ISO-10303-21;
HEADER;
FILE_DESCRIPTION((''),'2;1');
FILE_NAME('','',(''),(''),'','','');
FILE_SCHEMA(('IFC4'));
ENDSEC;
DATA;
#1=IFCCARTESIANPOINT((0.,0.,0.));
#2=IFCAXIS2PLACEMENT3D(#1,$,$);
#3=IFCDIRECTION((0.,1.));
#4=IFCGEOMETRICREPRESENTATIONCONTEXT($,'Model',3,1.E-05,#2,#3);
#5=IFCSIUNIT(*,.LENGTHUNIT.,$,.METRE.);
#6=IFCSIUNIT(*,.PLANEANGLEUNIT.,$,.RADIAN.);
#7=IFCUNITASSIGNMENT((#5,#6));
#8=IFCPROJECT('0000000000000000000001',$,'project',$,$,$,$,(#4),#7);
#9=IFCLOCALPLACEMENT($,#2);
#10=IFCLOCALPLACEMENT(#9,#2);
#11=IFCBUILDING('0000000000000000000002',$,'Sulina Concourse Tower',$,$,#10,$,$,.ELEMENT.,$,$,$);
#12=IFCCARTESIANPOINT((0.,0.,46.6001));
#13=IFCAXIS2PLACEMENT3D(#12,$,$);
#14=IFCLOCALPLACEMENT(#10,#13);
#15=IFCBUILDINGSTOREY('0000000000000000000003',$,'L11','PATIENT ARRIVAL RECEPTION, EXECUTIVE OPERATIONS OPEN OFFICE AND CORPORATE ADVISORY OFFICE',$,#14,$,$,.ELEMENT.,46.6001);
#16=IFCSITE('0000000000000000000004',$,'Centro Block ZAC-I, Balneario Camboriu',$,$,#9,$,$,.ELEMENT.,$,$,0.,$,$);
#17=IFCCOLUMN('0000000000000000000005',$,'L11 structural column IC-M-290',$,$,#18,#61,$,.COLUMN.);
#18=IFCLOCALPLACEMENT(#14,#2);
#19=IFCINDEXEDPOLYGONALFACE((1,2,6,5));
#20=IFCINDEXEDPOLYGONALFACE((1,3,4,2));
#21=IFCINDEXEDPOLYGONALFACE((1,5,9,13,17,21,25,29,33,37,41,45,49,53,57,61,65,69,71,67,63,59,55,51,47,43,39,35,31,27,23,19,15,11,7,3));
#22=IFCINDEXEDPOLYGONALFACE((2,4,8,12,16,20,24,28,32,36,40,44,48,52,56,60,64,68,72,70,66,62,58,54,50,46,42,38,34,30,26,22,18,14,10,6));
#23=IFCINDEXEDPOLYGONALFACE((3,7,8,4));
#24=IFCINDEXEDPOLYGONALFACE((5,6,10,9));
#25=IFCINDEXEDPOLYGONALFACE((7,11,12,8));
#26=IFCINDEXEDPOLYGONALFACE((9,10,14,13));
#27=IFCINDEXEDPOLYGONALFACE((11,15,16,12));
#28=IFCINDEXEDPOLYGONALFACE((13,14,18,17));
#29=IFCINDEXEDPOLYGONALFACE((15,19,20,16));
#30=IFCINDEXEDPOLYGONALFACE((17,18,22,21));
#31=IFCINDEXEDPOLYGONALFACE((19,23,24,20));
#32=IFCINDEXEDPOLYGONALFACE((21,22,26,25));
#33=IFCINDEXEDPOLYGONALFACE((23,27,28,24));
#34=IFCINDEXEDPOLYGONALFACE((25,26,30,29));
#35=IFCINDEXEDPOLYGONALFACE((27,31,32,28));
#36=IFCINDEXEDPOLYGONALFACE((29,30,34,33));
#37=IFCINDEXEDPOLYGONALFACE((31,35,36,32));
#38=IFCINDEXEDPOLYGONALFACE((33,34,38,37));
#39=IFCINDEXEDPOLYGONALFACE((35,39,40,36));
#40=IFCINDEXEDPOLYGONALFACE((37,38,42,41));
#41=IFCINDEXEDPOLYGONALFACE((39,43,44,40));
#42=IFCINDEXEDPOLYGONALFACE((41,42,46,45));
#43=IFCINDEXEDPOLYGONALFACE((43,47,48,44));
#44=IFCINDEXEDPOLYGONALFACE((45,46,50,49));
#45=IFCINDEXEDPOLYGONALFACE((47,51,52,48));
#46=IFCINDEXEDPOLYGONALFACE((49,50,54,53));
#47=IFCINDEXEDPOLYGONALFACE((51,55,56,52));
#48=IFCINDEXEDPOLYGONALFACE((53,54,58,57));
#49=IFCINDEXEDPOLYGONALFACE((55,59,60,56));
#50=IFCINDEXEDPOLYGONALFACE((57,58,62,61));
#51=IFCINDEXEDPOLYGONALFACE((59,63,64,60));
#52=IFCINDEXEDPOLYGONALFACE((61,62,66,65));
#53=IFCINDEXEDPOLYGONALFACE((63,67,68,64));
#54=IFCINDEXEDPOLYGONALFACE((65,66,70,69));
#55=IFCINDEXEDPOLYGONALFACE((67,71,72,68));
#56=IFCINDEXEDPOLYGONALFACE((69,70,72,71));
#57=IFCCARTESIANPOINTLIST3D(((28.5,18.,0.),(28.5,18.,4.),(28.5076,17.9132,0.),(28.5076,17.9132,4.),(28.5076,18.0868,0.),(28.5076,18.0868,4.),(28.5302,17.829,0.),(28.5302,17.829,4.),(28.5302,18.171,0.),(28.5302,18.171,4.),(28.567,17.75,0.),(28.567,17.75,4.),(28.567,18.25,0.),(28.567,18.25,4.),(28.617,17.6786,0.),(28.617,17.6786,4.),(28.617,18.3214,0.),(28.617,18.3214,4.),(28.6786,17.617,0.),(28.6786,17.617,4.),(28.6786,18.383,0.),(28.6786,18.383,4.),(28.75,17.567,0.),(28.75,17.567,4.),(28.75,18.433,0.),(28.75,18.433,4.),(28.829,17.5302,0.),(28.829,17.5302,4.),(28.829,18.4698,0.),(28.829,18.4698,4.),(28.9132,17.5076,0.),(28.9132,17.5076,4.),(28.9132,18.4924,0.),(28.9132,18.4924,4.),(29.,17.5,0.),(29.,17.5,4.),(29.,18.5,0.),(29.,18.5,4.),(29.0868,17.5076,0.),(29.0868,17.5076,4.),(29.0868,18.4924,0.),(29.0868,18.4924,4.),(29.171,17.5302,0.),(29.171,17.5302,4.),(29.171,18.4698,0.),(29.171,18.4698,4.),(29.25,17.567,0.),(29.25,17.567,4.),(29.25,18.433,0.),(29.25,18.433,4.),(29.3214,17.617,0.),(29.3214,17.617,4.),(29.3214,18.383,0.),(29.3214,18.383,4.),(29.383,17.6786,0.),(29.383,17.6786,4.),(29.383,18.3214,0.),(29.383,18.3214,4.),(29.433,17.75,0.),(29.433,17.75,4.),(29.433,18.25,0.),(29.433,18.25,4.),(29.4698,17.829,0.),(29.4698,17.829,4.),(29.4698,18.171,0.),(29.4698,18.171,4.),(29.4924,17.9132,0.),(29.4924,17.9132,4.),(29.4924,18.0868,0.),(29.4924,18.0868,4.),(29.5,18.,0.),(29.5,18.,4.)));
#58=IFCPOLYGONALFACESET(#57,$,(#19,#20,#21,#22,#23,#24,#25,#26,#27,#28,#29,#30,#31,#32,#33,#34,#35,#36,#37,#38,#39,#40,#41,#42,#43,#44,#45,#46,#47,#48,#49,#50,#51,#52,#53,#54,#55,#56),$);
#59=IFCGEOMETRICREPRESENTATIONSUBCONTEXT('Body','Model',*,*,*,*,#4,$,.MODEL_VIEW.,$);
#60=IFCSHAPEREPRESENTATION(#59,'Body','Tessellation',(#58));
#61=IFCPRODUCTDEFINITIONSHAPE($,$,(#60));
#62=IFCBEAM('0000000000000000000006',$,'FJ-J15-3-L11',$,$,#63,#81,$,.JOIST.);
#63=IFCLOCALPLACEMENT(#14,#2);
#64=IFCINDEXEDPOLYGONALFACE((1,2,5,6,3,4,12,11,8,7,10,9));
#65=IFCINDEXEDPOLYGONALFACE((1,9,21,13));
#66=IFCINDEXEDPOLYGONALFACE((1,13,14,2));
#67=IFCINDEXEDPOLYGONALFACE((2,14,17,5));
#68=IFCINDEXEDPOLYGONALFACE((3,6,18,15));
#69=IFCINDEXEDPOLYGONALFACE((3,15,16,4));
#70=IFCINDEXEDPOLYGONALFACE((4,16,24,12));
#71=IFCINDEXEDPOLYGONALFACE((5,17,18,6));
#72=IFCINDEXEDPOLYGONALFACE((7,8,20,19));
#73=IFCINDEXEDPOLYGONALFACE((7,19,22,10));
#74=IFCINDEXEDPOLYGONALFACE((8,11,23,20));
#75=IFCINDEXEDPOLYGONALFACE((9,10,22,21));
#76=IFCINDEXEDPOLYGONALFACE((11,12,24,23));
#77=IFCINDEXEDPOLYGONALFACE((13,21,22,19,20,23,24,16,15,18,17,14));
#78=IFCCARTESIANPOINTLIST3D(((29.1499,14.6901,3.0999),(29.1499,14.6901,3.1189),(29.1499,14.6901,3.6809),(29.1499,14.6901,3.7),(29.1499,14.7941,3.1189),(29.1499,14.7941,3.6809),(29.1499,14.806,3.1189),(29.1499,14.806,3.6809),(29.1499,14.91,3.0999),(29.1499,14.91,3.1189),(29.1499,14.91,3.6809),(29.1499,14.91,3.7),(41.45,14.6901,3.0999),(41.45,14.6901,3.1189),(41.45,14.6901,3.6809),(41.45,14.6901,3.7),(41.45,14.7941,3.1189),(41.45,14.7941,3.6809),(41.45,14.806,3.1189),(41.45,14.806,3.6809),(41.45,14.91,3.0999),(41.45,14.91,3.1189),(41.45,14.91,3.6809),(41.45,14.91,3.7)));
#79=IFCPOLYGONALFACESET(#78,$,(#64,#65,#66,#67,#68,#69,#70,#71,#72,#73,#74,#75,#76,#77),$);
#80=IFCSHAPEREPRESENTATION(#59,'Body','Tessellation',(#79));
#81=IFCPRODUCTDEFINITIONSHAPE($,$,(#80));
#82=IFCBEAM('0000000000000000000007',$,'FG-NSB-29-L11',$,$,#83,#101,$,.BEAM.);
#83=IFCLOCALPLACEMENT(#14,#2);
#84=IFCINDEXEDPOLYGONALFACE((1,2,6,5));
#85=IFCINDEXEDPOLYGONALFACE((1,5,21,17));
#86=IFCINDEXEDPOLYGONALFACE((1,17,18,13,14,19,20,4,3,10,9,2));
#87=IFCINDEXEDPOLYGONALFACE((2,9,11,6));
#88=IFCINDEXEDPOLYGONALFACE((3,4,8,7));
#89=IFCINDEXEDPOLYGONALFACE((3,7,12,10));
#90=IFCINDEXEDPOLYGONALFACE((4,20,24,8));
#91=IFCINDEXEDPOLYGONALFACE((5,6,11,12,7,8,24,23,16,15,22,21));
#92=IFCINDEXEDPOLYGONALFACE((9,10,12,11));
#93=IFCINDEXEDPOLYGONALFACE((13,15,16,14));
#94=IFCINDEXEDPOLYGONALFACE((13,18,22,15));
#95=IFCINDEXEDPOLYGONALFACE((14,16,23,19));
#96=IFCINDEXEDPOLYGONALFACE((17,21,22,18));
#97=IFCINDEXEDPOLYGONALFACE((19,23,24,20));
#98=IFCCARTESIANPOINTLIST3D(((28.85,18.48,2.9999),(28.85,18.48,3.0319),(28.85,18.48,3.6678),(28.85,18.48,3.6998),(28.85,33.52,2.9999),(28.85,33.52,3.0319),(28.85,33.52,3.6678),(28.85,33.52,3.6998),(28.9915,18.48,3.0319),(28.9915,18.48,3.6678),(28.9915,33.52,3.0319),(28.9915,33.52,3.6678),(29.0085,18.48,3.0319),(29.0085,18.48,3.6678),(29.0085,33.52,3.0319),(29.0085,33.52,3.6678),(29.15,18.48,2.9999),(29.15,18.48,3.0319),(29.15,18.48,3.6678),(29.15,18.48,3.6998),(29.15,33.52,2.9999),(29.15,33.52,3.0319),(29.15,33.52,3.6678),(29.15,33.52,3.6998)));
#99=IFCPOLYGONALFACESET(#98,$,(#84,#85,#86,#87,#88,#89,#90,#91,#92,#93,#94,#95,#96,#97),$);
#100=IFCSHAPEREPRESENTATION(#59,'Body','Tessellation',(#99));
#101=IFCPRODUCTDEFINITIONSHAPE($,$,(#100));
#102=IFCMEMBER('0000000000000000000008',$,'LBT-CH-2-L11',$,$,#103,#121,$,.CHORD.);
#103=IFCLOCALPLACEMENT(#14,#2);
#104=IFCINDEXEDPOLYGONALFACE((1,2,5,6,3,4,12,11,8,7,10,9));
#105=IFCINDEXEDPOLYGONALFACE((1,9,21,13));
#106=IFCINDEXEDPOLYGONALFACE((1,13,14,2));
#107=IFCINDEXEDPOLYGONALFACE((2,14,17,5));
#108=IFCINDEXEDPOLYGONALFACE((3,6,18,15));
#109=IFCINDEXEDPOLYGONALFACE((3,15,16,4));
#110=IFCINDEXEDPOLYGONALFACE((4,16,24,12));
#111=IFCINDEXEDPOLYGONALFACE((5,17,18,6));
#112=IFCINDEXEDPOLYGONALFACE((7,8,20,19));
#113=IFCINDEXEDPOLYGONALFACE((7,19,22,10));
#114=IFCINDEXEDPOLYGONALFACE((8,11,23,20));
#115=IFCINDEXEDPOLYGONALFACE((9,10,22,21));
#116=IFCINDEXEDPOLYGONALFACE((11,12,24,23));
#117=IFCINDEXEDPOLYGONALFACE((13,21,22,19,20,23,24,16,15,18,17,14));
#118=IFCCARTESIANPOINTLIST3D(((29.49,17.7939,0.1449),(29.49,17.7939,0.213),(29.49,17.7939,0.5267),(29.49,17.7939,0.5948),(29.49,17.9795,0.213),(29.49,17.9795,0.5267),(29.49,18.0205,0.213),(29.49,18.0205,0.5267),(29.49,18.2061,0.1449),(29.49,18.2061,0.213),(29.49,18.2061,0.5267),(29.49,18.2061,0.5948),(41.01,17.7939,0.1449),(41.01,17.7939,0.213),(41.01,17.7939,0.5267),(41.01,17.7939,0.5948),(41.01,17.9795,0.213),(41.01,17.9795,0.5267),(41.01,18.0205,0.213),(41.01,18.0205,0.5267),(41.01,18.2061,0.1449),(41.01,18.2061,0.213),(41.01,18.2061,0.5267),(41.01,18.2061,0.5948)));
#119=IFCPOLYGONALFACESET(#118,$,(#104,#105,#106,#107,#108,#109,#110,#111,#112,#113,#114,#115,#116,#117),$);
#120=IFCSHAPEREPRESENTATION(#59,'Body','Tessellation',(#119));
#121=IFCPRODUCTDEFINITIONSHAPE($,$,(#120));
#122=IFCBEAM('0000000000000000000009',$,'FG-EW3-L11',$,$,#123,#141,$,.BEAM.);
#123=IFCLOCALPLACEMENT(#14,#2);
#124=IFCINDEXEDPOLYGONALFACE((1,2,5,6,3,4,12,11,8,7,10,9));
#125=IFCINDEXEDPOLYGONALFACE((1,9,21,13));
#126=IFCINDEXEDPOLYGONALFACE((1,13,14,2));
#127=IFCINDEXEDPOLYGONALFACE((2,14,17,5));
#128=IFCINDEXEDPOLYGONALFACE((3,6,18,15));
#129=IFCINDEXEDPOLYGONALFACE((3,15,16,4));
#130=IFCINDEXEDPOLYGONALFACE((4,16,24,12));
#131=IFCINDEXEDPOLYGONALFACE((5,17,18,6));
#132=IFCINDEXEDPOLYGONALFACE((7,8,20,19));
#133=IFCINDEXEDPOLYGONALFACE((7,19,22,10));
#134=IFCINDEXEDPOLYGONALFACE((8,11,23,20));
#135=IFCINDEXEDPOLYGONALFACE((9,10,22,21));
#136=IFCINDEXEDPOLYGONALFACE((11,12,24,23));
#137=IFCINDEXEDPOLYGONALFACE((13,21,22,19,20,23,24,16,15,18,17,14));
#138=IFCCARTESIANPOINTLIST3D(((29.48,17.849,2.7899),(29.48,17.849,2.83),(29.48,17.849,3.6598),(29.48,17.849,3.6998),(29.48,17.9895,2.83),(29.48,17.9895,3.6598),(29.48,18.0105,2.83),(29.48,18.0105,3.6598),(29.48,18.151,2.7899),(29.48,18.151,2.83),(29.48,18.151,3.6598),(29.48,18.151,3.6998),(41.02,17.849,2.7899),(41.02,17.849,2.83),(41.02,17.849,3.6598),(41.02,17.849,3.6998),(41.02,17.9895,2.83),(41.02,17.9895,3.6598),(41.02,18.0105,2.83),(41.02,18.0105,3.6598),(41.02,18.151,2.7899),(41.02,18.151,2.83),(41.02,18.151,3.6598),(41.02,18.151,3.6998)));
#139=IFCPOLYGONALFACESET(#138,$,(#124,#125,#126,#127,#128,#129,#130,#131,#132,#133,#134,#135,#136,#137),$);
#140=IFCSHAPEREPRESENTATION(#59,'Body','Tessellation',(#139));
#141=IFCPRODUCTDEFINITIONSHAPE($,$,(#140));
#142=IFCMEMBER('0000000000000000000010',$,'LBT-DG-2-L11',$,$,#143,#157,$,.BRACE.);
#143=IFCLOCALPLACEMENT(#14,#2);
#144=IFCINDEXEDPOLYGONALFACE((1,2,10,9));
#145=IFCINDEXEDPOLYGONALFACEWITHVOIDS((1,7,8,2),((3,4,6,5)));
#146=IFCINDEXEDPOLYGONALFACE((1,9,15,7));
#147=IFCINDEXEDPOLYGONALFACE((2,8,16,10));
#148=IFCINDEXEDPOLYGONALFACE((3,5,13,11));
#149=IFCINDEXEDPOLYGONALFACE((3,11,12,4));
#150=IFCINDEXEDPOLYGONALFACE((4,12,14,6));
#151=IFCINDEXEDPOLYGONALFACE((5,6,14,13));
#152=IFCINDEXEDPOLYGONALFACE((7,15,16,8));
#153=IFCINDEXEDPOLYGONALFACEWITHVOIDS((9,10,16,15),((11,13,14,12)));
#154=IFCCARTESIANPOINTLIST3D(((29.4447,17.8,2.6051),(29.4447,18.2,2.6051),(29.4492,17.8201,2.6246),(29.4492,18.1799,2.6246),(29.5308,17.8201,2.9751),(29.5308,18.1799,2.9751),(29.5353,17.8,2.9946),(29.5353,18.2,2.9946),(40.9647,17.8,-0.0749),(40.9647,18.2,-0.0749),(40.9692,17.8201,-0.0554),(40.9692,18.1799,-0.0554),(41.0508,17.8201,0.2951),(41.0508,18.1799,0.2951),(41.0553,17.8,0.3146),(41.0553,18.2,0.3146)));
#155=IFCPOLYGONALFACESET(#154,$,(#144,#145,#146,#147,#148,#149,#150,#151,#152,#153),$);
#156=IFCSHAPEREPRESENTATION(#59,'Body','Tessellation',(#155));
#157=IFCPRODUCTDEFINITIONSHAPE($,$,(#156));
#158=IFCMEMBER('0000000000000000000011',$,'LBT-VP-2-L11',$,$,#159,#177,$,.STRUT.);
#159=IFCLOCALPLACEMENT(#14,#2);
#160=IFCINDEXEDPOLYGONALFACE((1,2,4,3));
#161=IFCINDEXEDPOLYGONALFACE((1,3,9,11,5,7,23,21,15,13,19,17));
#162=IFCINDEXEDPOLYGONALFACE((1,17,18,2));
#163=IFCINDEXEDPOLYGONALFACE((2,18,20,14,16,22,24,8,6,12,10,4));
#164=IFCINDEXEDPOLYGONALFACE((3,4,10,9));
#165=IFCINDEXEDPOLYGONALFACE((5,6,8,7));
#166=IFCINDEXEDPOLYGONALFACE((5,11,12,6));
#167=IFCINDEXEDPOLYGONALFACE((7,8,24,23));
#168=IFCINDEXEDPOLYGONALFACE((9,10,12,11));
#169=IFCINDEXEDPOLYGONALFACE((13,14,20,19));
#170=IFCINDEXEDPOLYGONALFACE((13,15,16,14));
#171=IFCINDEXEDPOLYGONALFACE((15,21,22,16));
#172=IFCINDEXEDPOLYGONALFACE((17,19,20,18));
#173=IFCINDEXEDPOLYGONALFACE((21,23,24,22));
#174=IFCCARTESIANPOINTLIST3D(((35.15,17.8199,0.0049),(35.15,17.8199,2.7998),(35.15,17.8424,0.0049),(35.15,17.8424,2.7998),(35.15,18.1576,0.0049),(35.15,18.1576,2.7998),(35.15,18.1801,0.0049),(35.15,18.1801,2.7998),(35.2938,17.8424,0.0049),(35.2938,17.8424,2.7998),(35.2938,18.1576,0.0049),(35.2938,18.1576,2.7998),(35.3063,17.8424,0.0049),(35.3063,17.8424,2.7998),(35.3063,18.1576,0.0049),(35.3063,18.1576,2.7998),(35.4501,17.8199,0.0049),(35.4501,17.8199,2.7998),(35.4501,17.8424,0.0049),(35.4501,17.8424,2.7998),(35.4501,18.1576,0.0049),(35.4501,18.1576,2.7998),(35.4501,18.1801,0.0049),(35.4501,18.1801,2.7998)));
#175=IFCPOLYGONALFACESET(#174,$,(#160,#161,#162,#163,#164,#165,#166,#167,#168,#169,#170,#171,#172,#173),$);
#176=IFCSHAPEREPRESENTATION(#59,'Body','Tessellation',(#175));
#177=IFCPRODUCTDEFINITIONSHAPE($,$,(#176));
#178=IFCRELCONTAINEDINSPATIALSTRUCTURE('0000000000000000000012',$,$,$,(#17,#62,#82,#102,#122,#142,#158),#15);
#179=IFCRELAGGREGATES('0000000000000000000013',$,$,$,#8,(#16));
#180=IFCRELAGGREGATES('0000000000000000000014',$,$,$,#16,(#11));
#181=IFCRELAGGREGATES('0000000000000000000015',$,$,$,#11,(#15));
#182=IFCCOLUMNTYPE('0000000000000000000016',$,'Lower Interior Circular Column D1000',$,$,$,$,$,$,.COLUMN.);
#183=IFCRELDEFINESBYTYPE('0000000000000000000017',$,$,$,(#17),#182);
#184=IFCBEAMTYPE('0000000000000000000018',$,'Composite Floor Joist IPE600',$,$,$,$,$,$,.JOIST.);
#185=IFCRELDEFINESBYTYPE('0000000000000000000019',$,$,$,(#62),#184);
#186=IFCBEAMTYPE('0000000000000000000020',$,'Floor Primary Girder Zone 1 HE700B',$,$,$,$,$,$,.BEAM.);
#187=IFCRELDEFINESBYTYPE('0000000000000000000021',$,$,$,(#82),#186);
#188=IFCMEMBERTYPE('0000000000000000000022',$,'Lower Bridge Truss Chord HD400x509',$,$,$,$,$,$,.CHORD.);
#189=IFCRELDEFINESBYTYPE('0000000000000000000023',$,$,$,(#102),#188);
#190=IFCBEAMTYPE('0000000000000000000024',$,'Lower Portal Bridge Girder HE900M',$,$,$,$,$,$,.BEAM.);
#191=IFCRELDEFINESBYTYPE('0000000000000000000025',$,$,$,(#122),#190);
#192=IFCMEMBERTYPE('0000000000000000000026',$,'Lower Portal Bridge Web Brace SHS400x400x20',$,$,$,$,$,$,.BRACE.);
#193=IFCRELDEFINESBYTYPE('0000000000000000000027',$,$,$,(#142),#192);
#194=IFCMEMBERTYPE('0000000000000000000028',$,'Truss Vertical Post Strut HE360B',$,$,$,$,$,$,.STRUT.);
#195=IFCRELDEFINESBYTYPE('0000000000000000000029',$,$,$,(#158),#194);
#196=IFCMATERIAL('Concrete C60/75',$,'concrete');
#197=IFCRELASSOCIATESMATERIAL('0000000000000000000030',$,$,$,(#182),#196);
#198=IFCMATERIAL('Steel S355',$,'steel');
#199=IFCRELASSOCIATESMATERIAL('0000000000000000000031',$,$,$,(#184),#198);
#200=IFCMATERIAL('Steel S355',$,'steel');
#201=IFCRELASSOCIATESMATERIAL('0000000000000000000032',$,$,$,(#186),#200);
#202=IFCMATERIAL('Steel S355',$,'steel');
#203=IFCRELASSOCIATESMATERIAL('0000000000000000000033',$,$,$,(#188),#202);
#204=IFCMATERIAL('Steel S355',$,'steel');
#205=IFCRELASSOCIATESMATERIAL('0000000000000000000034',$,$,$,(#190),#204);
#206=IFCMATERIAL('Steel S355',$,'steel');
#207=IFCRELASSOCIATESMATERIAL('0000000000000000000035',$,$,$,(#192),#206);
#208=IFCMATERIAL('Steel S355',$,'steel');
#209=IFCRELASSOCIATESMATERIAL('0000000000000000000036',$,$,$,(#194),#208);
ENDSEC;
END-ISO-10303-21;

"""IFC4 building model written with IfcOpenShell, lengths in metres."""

from ifc_helpers import new_model, si_unit, direction, frame, origin, origin_2d, place, context, subcontext, project, spatial, hollow_rectangle, circle, i_section, extrude, material, material_profile, profile_set, type_object, element, save


model = new_model("IFC4")

# Units and contexts
model_context = context("Model", 3, precision=1e-05, world=origin(), true_north=direction((0.0, 1.0)))
body_context = subcontext(model_context, "Body", "Model", "MODEL_VIEW")
ifc_project = project(units=[si_unit("LENGTHUNIT", "METRE"), si_unit("PLANEANGLEUNIT", "RADIAN")], contexts=[model_context])

# Site, building, storey
site_placement = place(None, origin())
site = spatial("IfcSite", under=ifc_project, at=site_placement, Name="Centro Block ZAC-I, Balneario Camboriu", CompositionType="ELEMENT", RefElevation=0.0)
building_placement = place(site_placement, origin())
building = spatial("IfcBuilding", under=site, at=building_placement, Name="Sulina Concourse Tower", CompositionType="ELEMENT")
storey_placement = place(building_placement, frame((0.0, 0.0, 46.6001)))
storey = spatial("IfcBuildingStorey", under=building, at=storey_placement, Name="L11", Description="PATIENT ARRIVAL RECEPTION, EXECUTIVE OPERATIONS OPEN OFFICE AND CORPORATE ADVISORY OFFICE", CompositionType="ELEMENT", Elevation=46.6001)

# Column
ifc_material_1 = material(Name="Concrete C60/75", Category="concrete")
ifc_material_profile_1 = material_profile(ifc_material_1, circle(Radius=0.5, at=origin_2d()), Name="RC D1000")
ifc_profile_set_1 = profile_set([ifc_material_profile_1], Name="Concrete C60/75")
column_type = type_object("IfcColumnType", Name="Lower Interior Circular Column D1000", PredefinedType="COLUMN", material=ifc_profile_set_1)
column_placement = place(storey_placement, frame((29.0, 18.0, 0.0), z_axis=(0.0, 0.0, 1.0), x_axis=(1.0, 0.0, 0.0)))
element("IfcColumn", 1, at=column_placement, inside=storey, type_object=column_type, Name="L11 structural column IC-M-290", PredefinedType="COLUMN", context=body_context, shape_type="SweptSolid", body=[
    extrude(circle(Radius=0.5, at=origin_2d()), origin(), (0.0, 0.0, 1.0), 4.0),
])

# Beams
ifc_material_2 = material(Name="Steel S355", Category="steel")
ifc_material_profile_2 = material_profile(ifc_material_2, i_section(OverallWidth=0.22, OverallDepth=0.6001, WebThickness=0.012, FlangeThickness=0.019, at=origin_2d()), Name="IPE 600")
ifc_profile_set_2 = profile_set([ifc_material_profile_2], Name="Steel S355")
beam_type_1 = type_object("IfcBeamType", Name="Composite Floor Joist IPE600", PredefinedType="JOIST", material=ifc_profile_set_2)
beam_1_placement = place(storey_placement, frame((29.1499, 14.8, 3.3999), z_axis=(1.0, 0.0, 0.0), x_axis=(0.0, 1.0, 0.0)))
element("IfcBeam", 2, at=beam_1_placement, inside=storey, type_object=beam_type_1, Name="FJ-J15-3-L11", PredefinedType="JOIST", context=body_context, shape_type="SweptSolid", body=[
    extrude(i_section(OverallWidth=0.22, OverallDepth=0.6001, WebThickness=0.012, FlangeThickness=0.019, at=origin_2d()), origin(), (0.0, 0.0, 1.0), 12.3),
])
ifc_material_3 = material(Name="Steel S355", Category="steel")
ifc_material_profile_3 = material_profile(ifc_material_3, i_section(OverallWidth=0.3, OverallDepth=0.7, WebThickness=0.0171, FlangeThickness=0.032, at=origin_2d()), Name="HE 700 B")
ifc_profile_set_3 = profile_set([ifc_material_profile_3], Name="Steel S355")
beam_type_2 = type_object("IfcBeamType", Name="Floor Primary Girder Zone 1 HE700B", PredefinedType="BEAM", material=ifc_profile_set_3)
beam_2_placement = place(storey_placement, frame((29.0, 18.48, 3.3499), z_axis=(0.0, 1.0, 0.0), x_axis=(-1.0, 0.0, 0.0)))
element("IfcBeam", 3, at=beam_2_placement, inside=storey, type_object=beam_type_2, Name="FG-NSB-29-L11", PredefinedType="BEAM", context=body_context, shape_type="SweptSolid", body=[
    extrude(i_section(OverallWidth=0.3, OverallDepth=0.7, WebThickness=0.0171, FlangeThickness=0.032, at=origin_2d()), origin(), (0.0, 0.0, 1.0), 15.04),
])

# Member
ifc_material_4 = material(Name="Steel S355", Category="steel")
ifc_material_profile_4 = material_profile(ifc_material_4, i_section(OverallWidth=0.4121, OverallDepth=0.45, WebThickness=0.041, FlangeThickness=0.0681, at=origin_2d()), Name="HD 400x509")
ifc_profile_set_4 = profile_set([ifc_material_profile_4], Name="Steel S355")
member_type_1 = type_object("IfcMemberType", Name="Lower Bridge Truss Chord HD400x509", PredefinedType="CHORD", material=ifc_profile_set_4)
member_1_placement = place(storey_placement, frame((29.49, 18.0, 0.3699), z_axis=(1.0, 0.0, 0.0), x_axis=(0.0, 1.0, 0.0)))
element("IfcMember", 4, at=member_1_placement, inside=storey, type_object=member_type_1, Name="LBT-CH-2-L11", PredefinedType="CHORD", context=body_context, shape_type="SweptSolid", body=[
    extrude(i_section(OverallWidth=0.4121, OverallDepth=0.45, WebThickness=0.041, FlangeThickness=0.0681, at=origin_2d()), origin(), (0.0, 0.0, 1.0), 11.52),
])

# Beam
ifc_material_5 = material(Name="Steel S355", Category="steel")
ifc_material_profile_5 = material_profile(ifc_material_5, i_section(OverallWidth=0.302, OverallDepth=0.9099, WebThickness=0.021, FlangeThickness=0.04, at=origin_2d()), Name="HE 900 M")
ifc_profile_set_5 = profile_set([ifc_material_profile_5], Name="Steel S355")
beam_type_3 = type_object("IfcBeamType", Name="Lower Portal Bridge Girder HE900M", PredefinedType="BEAM", material=ifc_profile_set_5)
beam_3_placement = place(storey_placement, frame((29.48, 18.0, 3.2449), z_axis=(1.0, 0.0, 0.0), x_axis=(0.0, 1.0, 0.0)))
element("IfcBeam", 5, at=beam_3_placement, inside=storey, type_object=beam_type_3, Name="FG-EW3-L11", PredefinedType="BEAM", context=body_context, shape_type="SweptSolid", body=[
    extrude(i_section(OverallWidth=0.302, OverallDepth=0.9099, WebThickness=0.021, FlangeThickness=0.04, at=origin_2d()), origin(), (0.0, 0.0, 1.0), 11.54),
])

# Members
ifc_material_6 = material(Name="Steel S355", Category="steel")
ifc_material_profile_6 = material_profile(ifc_material_6, hollow_rectangle(XDim=0.3999, YDim=0.3999, WallThickness=0.02, at=origin_2d()), Name="SHS 400x400x20")
ifc_profile_set_6 = profile_set([ifc_material_profile_6], Name="Steel S355")
member_type_2 = type_object("IfcMemberType", Name="Lower Portal Bridge Web Brace SHS400x400x20", PredefinedType="BRACE", material=ifc_profile_set_6)
member_2_placement = place(storey_placement, frame((41.01, 18.0, 0.1199), z_axis=(-0.973992, 0.0, 0.226582), x_axis=(0.0, -1.0, 0.0)))
element("IfcMember", 6, at=member_2_placement, inside=storey, type_object=member_type_2, Name="LBT-DG-2-L11", PredefinedType="BRACE", context=body_context, shape_type="SweptSolid", body=[
    extrude(hollow_rectangle(XDim=0.3999, YDim=0.3999, WallThickness=0.02, at=origin_2d()), origin(), (0.0, 0.0, 1.0), 11.8276),
])
ifc_material_7 = material(Name="Steel S355", Category="steel")
ifc_material_profile_7 = material_profile(ifc_material_7, i_section(OverallWidth=0.3, OverallDepth=0.3601, WebThickness=0.0125, FlangeThickness=0.0225, at=origin_2d()), Name="HE 360 B")
ifc_profile_set_7 = profile_set([ifc_material_profile_7], Name="Steel S355")
member_type_3 = type_object("IfcMemberType", Name="Truss Vertical Post Strut HE360B", PredefinedType="STRUT", material=ifc_profile_set_7)
member_3_placement = place(storey_placement, frame((35.3, 18.0, 0.0049), z_axis=(0.0, 0.0, 1.0), x_axis=(1.0, 0.0, 0.0)))
element("IfcMember", 7, at=member_3_placement, inside=storey, type_object=member_type_3, Name="LBT-VP-2-L11", PredefinedType="STRUT", context=body_context, shape_type="SweptSolid", body=[
    extrude(i_section(OverallWidth=0.3, OverallDepth=0.3601, WebThickness=0.0125, FlangeThickness=0.0225, at=origin_2d()), origin(), (0.0, 0.0, 1.0), 2.7949),
])

save(model, "model.ifc")
